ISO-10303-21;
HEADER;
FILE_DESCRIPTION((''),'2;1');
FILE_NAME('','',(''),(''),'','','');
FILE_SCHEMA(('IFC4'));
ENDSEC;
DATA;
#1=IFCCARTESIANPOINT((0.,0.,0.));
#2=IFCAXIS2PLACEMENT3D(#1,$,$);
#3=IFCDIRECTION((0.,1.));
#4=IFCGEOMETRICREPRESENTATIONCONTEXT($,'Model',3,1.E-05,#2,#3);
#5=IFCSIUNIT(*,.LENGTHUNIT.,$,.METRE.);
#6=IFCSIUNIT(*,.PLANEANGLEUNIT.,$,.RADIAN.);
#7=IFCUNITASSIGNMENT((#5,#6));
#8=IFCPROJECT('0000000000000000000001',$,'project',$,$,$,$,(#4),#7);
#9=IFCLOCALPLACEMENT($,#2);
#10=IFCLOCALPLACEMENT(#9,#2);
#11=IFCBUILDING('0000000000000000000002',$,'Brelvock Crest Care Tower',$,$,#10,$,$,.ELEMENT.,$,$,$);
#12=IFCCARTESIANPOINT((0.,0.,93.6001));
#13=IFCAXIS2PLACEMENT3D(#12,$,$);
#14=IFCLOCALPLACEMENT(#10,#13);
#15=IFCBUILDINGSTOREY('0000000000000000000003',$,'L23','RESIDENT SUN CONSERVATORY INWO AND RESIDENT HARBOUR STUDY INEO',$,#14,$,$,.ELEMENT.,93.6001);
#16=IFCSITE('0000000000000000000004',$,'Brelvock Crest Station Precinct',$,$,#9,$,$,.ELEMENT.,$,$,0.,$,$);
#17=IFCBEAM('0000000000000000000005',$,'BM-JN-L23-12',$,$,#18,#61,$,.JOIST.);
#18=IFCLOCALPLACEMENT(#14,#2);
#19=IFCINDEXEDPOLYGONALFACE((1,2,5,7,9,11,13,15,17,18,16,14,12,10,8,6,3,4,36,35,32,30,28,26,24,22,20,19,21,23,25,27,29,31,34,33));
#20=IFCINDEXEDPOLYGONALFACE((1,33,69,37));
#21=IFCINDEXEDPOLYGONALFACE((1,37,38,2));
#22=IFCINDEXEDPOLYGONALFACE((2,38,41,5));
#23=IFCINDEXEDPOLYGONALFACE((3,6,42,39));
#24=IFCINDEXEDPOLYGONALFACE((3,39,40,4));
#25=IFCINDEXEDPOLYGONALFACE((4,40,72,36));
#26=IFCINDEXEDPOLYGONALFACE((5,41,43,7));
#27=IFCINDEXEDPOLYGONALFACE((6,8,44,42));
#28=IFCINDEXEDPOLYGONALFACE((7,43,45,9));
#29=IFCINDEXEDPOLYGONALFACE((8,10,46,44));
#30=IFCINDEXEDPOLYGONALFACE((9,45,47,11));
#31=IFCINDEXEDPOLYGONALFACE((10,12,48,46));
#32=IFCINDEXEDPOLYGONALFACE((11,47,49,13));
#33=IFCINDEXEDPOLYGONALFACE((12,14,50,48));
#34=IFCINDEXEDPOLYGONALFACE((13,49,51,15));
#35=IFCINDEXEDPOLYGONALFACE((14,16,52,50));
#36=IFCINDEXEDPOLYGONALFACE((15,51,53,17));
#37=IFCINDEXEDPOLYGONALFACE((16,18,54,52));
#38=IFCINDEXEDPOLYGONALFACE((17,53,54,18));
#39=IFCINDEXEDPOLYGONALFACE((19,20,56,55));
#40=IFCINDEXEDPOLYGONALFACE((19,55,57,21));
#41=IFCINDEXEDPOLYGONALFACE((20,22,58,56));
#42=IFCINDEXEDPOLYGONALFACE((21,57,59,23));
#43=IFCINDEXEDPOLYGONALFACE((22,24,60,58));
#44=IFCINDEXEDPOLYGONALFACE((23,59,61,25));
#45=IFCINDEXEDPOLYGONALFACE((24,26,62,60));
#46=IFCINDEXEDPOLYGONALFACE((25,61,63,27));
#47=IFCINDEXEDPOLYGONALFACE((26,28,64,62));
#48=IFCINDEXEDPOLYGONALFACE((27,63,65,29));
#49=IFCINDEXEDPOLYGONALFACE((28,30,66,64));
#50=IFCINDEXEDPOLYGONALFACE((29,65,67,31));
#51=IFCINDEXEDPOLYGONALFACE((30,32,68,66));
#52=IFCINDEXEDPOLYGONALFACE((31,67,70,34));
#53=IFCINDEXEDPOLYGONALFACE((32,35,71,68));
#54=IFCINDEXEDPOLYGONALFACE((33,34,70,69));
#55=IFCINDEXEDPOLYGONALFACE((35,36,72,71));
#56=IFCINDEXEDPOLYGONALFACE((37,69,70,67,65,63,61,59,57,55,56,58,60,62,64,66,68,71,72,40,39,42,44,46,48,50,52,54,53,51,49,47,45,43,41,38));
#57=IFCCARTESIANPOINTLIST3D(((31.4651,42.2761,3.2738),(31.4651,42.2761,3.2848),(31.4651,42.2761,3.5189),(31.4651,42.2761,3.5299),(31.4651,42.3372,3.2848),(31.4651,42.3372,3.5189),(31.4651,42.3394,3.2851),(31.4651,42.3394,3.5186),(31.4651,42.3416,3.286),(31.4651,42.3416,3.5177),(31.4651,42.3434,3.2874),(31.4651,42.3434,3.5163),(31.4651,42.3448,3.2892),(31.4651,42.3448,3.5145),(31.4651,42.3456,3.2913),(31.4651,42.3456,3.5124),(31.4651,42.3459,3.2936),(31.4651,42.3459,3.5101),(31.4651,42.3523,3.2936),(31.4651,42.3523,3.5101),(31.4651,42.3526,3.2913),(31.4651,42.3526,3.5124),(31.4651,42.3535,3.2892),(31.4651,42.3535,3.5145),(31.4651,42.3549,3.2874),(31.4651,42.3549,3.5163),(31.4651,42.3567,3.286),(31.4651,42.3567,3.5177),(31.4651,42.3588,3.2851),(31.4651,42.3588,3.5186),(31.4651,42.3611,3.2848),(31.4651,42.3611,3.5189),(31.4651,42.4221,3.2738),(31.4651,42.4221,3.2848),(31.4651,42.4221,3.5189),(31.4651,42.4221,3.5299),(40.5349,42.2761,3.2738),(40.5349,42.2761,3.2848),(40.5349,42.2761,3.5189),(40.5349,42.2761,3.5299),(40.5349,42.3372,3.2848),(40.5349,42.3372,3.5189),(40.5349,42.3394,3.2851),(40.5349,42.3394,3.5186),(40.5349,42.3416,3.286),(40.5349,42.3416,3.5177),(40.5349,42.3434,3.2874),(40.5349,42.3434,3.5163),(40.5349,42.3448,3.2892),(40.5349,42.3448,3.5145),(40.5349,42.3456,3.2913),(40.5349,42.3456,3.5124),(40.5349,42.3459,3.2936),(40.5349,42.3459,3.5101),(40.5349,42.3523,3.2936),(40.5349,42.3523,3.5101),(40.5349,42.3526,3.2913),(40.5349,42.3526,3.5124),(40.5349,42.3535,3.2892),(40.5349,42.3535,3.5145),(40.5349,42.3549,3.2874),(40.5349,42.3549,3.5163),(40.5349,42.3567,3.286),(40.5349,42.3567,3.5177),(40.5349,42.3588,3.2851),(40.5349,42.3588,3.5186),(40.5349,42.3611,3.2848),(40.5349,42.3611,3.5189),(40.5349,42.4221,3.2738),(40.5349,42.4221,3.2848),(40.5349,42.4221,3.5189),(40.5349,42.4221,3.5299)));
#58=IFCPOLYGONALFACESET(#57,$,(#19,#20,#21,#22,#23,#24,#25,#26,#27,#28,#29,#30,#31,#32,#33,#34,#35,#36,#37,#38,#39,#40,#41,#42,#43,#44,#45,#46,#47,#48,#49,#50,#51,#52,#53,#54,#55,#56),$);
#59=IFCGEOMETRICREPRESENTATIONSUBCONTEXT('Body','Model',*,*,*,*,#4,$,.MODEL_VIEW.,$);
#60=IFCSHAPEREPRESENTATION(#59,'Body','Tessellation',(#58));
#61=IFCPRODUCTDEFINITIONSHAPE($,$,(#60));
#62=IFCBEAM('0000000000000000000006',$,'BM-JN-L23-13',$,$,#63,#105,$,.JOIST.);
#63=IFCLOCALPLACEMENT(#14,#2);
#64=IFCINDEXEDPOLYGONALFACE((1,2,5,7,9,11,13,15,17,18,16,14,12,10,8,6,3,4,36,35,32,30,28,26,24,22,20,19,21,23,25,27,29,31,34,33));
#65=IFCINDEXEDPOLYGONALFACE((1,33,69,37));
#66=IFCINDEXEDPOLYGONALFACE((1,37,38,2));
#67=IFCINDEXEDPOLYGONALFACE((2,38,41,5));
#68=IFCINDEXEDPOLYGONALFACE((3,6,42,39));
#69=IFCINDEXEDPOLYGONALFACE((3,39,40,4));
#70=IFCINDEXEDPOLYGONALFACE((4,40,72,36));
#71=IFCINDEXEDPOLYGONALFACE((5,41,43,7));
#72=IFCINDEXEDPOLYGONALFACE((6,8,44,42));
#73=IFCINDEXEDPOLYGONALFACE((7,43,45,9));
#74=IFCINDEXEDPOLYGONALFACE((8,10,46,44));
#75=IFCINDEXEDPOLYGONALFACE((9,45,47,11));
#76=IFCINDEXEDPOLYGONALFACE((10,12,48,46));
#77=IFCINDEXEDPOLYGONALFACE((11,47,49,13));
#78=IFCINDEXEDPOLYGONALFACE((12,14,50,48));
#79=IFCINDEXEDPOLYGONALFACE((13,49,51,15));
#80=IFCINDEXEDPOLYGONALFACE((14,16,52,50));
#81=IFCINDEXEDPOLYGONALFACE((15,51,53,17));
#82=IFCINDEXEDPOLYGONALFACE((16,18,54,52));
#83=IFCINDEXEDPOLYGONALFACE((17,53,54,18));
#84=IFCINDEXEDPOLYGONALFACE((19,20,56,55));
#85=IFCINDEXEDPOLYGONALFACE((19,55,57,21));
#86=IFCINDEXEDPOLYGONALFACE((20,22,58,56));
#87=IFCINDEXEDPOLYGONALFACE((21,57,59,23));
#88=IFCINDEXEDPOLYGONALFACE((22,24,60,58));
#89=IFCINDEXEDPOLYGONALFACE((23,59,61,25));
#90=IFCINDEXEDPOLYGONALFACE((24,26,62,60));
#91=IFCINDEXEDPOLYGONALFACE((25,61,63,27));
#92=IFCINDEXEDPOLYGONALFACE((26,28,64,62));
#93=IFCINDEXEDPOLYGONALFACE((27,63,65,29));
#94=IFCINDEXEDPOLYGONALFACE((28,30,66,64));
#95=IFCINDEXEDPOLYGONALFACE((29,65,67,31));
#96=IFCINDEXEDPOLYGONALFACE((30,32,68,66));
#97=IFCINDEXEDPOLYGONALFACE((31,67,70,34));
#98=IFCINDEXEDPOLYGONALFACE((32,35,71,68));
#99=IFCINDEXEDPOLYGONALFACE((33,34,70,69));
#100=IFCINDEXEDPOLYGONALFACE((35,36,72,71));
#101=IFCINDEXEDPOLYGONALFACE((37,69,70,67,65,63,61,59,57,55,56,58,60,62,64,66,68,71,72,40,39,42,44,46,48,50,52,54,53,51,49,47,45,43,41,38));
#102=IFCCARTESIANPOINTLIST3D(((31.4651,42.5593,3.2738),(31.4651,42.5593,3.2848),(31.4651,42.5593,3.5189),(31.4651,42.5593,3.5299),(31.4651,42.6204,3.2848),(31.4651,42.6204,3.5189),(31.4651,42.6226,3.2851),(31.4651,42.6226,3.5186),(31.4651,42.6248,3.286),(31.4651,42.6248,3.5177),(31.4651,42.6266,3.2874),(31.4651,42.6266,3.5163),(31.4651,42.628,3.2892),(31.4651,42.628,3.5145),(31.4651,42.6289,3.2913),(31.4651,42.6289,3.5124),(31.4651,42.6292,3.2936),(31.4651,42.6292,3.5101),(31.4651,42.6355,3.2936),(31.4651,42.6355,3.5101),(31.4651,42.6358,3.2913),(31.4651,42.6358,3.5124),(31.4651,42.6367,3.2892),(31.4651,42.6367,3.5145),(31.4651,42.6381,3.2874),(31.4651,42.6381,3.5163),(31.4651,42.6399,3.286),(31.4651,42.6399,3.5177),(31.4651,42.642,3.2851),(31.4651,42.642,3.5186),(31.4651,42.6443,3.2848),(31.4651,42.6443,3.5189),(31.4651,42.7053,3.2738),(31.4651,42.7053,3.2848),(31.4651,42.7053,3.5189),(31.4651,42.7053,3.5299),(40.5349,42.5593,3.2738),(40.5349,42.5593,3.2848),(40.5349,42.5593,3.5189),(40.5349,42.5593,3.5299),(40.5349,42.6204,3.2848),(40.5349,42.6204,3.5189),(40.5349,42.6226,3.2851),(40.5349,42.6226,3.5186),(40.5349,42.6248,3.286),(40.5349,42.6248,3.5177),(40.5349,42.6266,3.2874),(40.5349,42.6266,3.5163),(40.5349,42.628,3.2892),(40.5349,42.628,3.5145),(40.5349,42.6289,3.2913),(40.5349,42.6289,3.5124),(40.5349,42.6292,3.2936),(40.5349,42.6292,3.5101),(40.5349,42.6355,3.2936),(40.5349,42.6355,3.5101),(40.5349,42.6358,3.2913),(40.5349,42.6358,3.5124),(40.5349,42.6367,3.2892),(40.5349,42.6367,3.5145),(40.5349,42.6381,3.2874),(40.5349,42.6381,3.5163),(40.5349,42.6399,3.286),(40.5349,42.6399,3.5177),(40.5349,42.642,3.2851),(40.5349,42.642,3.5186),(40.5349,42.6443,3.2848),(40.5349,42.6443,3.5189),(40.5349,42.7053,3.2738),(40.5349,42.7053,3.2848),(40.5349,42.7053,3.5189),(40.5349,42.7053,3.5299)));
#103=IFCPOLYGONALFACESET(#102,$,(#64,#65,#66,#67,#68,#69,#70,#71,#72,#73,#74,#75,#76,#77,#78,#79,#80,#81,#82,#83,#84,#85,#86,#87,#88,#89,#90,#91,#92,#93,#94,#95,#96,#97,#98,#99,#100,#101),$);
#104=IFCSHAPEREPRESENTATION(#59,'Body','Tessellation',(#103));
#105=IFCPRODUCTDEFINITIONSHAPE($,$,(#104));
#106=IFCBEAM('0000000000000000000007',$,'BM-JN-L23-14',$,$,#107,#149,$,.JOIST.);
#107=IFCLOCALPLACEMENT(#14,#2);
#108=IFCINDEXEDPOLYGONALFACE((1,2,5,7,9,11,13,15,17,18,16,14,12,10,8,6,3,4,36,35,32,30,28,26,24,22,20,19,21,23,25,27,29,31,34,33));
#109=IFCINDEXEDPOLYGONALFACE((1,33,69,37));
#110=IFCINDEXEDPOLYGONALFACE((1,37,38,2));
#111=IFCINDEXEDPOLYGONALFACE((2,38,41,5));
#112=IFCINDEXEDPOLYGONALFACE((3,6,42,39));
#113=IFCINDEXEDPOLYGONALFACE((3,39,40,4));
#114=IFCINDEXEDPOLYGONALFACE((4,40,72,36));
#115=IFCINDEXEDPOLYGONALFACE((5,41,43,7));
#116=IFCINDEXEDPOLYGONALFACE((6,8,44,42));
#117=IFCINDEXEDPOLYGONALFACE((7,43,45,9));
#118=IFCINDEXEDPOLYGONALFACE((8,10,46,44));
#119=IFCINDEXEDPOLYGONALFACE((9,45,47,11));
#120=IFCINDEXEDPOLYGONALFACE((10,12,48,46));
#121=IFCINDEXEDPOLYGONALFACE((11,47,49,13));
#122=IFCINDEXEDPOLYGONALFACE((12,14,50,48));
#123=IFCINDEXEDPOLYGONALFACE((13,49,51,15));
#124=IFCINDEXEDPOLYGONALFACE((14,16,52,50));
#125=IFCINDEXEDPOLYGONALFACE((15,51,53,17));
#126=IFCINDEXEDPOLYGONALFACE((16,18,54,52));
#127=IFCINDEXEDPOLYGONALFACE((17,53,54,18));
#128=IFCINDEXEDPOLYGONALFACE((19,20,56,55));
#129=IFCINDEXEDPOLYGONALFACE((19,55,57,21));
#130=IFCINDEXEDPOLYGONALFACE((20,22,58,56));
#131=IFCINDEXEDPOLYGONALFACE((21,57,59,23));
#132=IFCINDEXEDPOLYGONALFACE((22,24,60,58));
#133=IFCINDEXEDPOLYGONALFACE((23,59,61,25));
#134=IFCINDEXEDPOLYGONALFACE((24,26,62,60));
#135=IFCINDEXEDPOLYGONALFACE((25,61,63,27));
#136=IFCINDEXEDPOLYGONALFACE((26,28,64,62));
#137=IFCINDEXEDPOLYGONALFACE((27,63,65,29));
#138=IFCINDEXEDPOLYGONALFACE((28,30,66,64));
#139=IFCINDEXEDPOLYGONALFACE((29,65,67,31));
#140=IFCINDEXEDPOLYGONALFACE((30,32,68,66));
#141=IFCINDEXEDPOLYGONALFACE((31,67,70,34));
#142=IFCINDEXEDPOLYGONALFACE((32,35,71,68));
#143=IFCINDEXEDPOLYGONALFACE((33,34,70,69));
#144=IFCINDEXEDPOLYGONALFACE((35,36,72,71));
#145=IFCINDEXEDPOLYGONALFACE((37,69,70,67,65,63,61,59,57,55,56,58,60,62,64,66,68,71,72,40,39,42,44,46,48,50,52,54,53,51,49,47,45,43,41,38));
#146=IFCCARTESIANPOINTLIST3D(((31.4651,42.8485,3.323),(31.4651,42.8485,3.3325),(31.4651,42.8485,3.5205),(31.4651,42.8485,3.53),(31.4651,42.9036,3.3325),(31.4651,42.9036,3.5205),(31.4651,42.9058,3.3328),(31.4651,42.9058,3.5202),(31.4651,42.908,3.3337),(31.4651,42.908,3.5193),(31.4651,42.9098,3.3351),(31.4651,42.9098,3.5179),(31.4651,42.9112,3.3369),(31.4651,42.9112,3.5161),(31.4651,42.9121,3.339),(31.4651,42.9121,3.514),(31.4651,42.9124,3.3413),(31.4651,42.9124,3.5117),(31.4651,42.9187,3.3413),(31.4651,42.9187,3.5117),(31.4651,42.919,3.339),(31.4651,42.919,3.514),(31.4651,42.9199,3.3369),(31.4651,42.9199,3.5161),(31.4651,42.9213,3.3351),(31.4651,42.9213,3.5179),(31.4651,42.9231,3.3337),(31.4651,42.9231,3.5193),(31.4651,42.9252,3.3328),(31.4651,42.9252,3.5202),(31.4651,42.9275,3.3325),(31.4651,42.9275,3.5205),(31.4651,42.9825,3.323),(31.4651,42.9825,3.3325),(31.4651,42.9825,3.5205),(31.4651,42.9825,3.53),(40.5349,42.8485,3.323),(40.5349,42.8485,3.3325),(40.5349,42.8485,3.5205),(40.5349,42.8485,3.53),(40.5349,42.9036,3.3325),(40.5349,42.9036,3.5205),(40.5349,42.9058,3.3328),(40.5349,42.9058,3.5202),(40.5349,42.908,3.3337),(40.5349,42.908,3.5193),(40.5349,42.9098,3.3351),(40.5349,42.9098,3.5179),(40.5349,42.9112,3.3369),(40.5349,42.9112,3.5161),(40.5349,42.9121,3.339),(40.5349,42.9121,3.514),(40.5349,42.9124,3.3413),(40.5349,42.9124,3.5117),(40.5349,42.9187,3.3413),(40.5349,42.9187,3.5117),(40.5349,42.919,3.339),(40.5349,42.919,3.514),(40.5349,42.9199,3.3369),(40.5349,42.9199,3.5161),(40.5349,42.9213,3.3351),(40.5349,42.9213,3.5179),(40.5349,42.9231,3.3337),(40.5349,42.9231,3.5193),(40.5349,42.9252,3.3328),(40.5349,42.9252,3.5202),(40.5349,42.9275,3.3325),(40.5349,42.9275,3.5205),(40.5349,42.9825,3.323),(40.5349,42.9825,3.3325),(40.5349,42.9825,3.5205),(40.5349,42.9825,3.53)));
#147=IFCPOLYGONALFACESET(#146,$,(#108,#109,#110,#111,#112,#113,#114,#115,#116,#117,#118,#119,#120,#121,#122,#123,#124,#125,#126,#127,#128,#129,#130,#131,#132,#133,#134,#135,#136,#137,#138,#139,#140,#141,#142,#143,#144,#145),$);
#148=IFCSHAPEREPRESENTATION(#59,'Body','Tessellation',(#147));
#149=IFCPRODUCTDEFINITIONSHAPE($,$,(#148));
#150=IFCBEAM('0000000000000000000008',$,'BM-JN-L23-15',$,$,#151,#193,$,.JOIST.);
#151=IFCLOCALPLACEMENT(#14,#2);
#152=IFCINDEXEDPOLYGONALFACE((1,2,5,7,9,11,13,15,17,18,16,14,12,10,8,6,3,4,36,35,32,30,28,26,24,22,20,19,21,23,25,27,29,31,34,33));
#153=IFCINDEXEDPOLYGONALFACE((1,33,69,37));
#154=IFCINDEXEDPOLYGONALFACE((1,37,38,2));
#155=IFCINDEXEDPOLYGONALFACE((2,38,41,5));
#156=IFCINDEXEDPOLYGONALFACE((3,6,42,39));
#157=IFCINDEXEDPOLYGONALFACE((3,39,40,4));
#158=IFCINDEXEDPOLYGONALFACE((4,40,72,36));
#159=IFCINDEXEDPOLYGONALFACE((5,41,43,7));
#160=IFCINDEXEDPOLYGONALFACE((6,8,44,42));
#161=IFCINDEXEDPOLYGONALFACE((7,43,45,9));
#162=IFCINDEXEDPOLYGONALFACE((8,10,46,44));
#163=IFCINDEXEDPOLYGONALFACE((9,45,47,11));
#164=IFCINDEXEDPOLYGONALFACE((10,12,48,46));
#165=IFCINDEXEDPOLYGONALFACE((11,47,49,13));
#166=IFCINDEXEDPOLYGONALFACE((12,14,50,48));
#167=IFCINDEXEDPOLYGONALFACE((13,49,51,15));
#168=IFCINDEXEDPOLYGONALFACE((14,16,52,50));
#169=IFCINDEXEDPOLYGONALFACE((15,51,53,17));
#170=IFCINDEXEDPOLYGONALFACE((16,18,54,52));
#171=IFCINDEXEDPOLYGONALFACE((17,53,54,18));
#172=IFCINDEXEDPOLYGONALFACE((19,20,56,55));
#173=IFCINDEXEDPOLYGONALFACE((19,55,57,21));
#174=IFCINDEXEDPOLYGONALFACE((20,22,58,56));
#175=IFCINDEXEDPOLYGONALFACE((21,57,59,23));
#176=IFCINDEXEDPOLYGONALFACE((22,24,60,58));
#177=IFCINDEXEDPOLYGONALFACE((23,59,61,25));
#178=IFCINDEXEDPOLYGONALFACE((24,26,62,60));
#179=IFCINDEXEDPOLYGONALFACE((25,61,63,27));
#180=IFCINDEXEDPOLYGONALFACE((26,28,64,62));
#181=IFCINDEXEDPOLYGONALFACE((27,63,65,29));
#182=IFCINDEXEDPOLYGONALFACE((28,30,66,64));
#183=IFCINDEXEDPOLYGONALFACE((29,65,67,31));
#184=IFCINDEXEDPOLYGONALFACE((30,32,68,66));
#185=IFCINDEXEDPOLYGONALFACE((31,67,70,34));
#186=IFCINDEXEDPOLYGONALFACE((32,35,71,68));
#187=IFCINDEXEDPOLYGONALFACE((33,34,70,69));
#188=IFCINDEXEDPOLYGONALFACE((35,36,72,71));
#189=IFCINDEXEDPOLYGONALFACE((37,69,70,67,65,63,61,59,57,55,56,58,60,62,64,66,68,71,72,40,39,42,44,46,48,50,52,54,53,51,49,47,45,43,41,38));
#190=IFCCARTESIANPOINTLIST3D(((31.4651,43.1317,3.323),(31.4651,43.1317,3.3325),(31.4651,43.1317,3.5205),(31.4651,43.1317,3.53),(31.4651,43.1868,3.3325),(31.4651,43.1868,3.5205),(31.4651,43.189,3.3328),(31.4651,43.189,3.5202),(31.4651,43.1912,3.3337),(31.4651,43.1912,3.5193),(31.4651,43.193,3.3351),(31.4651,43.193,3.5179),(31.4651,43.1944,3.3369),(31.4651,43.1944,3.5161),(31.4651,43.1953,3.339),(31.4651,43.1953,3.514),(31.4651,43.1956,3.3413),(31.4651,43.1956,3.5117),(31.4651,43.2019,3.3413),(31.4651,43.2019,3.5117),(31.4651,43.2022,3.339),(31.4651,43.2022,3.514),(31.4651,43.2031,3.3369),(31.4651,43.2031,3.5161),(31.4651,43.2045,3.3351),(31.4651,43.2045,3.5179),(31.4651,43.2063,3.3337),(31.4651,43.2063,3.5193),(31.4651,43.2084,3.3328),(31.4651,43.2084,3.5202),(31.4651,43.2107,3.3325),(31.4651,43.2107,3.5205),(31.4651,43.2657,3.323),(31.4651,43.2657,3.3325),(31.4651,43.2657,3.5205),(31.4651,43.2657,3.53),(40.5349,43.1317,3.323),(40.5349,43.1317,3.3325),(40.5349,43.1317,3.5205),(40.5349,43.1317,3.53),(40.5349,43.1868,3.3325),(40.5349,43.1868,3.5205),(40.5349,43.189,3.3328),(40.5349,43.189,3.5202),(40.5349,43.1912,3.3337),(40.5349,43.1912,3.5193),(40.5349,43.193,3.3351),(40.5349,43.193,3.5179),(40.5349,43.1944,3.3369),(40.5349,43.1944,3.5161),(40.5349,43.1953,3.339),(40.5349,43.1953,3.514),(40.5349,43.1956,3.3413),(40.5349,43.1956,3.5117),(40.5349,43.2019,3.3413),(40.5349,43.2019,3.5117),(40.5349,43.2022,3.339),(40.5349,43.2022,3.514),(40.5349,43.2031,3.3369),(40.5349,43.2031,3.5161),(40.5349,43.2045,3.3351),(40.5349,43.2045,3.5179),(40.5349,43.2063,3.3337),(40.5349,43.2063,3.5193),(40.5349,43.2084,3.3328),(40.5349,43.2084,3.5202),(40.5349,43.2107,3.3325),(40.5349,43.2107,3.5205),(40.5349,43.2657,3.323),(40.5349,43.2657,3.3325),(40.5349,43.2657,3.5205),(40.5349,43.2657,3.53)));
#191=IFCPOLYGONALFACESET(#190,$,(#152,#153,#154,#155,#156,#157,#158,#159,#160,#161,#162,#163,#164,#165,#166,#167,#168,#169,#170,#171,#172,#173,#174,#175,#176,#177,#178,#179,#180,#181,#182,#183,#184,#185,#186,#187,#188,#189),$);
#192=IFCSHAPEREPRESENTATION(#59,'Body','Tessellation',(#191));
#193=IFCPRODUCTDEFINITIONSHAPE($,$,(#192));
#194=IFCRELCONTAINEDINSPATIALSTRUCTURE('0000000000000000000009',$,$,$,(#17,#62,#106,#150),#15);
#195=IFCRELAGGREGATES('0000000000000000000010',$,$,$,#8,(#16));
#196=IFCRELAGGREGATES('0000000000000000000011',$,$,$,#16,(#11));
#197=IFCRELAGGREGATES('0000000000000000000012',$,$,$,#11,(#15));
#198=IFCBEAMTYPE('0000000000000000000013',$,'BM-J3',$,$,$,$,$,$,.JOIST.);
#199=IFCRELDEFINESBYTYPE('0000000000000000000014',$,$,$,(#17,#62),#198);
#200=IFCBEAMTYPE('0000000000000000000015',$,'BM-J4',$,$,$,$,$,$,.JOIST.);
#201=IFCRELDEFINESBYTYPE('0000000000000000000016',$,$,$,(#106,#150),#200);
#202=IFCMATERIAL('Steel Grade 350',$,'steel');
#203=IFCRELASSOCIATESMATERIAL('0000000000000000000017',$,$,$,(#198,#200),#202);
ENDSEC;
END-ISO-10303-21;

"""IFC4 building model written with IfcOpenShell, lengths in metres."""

from ifc_helpers import new_model, si_unit, direction, frame, origin, origin_2d, place, context, subcontext, project, spatial, i_section, extrude, source, transform, mapped, material, material_profile, profile_set, type_object, element, save


model = new_model("IFC4")

# Units and contexts
model_context = context("Model", 3, precision=1e-05, world=origin(), true_north=direction((0.0, 1.0)))
body_context = subcontext(model_context, "Body", "Model", "MODEL_VIEW")
ifc_project = project(units=[si_unit("LENGTHUNIT", "METRE"), si_unit("PLANEANGLEUNIT", "RADIAN")], contexts=[model_context])

# Site, building, storey
site_placement = place(None, origin())
site = spatial("IfcSite", under=ifc_project, at=site_placement, Name="Brelvock Crest Station Precinct", CompositionType="ELEMENT", RefElevation=0.0)
building_placement = place(site_placement, origin())
building = spatial("IfcBuilding", under=site, at=building_placement, Name="Brelvock Crest Care Tower", CompositionType="ELEMENT")
storey_placement = place(building_placement, frame((0.0, 0.0, 93.6001)))
storey = spatial("IfcBuildingStorey", under=building, at=storey_placement, Name="L23", Description="RESIDENT SUN CONSERVATORY INWO AND RESIDENT HARBOUR STUDY INEO", CompositionType="ELEMENT", Elevation=93.6001)

# Shared definitions
ifc_material_1 = material(Name="Steel Grade 350", Category="steel")

# Beams
ifc_material_profile_1 = material_profile(ifc_material_1, i_section(OverallWidth=0.146, OverallDepth=0.2561, WebThickness=0.0063, FlangeThickness=0.011, FilletRadius=0.0088, at=origin_2d()), Name="250UB37.3")
ifc_profile_set_1 = profile_set([ifc_material_profile_1], Name="Steel Grade 350")
beam_type_1 = type_object("IfcBeamType", Name="BM-J3", PredefinedType="JOIST", material=ifc_profile_set_1)
shared_shape_1 = source(origin(), body_context, "Body", "SweptSolid", [
    extrude(i_section(OverallWidth=0.146, OverallDepth=0.2561, WebThickness=0.0063, FlangeThickness=0.011, FilletRadius=0.0088, at=origin_2d()), origin(), (0.0, 0.0, 1.0), 9.0698),
])
for number, where, z_axis, x_axis, name in (
    (1, (31.4651, 42.3491, 3.4019), (1.0, 0.0, 0.0), (0.0, 1.0, 0.0), "BM-JN-L23-12"),
    (2, (31.4651, 42.6323, 3.4019), (1.0, 0.0, 0.0), (0.0, 1.0, 0.0), "BM-JN-L23-13"),
):
    element("IfcBeam", number, at=place(storey_placement, frame(where, z_axis=z_axis, x_axis=x_axis)), inside=storey, type_object=beam_type_1, Name=name, PredefinedType="JOIST", context=body_context, shape_type="MappedRepresentation", body=[
        mapped(shared_shape_1, transform((0.0, 0.0, 0.0), x_axis=(1.0, 0.0, 0.0), y_axis=(0.0, 1.0, 0.0), z_axis=(0.0, 0.0, 1.0), scale=1.0)),
    ])
ifc_material_profile_2 = material_profile(ifc_material_1, i_section(OverallWidth=0.134, OverallDepth=0.207, WebThickness=0.0063, FlangeThickness=0.0095, FilletRadius=0.0088, at=origin_2d()), Name="200UB29.8")
ifc_profile_set_2 = profile_set([ifc_material_profile_2], Name="Steel Grade 350")
beam_type_2 = type_object("IfcBeamType", Name="BM-J4", PredefinedType="JOIST", material=ifc_profile_set_2)
shared_shape_2 = source(origin(), body_context, "Body", "SweptSolid", [
    extrude(i_section(OverallWidth=0.134, OverallDepth=0.207, WebThickness=0.0063, FlangeThickness=0.0095, FilletRadius=0.0088, at=origin_2d()), origin(), (0.0, 0.0, 1.0), 9.0698),
])
for number, where, z_axis, x_axis, name in (
    (3, (31.4651, 42.9155, 3.4265), (1.0, 0.0, 0.0), (0.0, 1.0, 0.0), "BM-JN-L23-14"),
    (4, (31.4651, 43.1987, 3.4265), (1.0, 0.0, 0.0), (0.0, 1.0, 0.0), "BM-JN-L23-15"),
):
    element("IfcBeam", number, at=place(storey_placement, frame(where, z_axis=z_axis, x_axis=x_axis)), inside=storey, type_object=beam_type_2, Name=name, PredefinedType="JOIST", context=body_context, shape_type="MappedRepresentation", body=[
        mapped(shared_shape_2, transform((0.0, 0.0, 0.0), x_axis=(1.0, 0.0, 0.0), y_axis=(0.0, 1.0, 0.0), z_axis=(0.0, 0.0, 1.0), scale=1.0)),
    ])

save(model, "model.ifc")
